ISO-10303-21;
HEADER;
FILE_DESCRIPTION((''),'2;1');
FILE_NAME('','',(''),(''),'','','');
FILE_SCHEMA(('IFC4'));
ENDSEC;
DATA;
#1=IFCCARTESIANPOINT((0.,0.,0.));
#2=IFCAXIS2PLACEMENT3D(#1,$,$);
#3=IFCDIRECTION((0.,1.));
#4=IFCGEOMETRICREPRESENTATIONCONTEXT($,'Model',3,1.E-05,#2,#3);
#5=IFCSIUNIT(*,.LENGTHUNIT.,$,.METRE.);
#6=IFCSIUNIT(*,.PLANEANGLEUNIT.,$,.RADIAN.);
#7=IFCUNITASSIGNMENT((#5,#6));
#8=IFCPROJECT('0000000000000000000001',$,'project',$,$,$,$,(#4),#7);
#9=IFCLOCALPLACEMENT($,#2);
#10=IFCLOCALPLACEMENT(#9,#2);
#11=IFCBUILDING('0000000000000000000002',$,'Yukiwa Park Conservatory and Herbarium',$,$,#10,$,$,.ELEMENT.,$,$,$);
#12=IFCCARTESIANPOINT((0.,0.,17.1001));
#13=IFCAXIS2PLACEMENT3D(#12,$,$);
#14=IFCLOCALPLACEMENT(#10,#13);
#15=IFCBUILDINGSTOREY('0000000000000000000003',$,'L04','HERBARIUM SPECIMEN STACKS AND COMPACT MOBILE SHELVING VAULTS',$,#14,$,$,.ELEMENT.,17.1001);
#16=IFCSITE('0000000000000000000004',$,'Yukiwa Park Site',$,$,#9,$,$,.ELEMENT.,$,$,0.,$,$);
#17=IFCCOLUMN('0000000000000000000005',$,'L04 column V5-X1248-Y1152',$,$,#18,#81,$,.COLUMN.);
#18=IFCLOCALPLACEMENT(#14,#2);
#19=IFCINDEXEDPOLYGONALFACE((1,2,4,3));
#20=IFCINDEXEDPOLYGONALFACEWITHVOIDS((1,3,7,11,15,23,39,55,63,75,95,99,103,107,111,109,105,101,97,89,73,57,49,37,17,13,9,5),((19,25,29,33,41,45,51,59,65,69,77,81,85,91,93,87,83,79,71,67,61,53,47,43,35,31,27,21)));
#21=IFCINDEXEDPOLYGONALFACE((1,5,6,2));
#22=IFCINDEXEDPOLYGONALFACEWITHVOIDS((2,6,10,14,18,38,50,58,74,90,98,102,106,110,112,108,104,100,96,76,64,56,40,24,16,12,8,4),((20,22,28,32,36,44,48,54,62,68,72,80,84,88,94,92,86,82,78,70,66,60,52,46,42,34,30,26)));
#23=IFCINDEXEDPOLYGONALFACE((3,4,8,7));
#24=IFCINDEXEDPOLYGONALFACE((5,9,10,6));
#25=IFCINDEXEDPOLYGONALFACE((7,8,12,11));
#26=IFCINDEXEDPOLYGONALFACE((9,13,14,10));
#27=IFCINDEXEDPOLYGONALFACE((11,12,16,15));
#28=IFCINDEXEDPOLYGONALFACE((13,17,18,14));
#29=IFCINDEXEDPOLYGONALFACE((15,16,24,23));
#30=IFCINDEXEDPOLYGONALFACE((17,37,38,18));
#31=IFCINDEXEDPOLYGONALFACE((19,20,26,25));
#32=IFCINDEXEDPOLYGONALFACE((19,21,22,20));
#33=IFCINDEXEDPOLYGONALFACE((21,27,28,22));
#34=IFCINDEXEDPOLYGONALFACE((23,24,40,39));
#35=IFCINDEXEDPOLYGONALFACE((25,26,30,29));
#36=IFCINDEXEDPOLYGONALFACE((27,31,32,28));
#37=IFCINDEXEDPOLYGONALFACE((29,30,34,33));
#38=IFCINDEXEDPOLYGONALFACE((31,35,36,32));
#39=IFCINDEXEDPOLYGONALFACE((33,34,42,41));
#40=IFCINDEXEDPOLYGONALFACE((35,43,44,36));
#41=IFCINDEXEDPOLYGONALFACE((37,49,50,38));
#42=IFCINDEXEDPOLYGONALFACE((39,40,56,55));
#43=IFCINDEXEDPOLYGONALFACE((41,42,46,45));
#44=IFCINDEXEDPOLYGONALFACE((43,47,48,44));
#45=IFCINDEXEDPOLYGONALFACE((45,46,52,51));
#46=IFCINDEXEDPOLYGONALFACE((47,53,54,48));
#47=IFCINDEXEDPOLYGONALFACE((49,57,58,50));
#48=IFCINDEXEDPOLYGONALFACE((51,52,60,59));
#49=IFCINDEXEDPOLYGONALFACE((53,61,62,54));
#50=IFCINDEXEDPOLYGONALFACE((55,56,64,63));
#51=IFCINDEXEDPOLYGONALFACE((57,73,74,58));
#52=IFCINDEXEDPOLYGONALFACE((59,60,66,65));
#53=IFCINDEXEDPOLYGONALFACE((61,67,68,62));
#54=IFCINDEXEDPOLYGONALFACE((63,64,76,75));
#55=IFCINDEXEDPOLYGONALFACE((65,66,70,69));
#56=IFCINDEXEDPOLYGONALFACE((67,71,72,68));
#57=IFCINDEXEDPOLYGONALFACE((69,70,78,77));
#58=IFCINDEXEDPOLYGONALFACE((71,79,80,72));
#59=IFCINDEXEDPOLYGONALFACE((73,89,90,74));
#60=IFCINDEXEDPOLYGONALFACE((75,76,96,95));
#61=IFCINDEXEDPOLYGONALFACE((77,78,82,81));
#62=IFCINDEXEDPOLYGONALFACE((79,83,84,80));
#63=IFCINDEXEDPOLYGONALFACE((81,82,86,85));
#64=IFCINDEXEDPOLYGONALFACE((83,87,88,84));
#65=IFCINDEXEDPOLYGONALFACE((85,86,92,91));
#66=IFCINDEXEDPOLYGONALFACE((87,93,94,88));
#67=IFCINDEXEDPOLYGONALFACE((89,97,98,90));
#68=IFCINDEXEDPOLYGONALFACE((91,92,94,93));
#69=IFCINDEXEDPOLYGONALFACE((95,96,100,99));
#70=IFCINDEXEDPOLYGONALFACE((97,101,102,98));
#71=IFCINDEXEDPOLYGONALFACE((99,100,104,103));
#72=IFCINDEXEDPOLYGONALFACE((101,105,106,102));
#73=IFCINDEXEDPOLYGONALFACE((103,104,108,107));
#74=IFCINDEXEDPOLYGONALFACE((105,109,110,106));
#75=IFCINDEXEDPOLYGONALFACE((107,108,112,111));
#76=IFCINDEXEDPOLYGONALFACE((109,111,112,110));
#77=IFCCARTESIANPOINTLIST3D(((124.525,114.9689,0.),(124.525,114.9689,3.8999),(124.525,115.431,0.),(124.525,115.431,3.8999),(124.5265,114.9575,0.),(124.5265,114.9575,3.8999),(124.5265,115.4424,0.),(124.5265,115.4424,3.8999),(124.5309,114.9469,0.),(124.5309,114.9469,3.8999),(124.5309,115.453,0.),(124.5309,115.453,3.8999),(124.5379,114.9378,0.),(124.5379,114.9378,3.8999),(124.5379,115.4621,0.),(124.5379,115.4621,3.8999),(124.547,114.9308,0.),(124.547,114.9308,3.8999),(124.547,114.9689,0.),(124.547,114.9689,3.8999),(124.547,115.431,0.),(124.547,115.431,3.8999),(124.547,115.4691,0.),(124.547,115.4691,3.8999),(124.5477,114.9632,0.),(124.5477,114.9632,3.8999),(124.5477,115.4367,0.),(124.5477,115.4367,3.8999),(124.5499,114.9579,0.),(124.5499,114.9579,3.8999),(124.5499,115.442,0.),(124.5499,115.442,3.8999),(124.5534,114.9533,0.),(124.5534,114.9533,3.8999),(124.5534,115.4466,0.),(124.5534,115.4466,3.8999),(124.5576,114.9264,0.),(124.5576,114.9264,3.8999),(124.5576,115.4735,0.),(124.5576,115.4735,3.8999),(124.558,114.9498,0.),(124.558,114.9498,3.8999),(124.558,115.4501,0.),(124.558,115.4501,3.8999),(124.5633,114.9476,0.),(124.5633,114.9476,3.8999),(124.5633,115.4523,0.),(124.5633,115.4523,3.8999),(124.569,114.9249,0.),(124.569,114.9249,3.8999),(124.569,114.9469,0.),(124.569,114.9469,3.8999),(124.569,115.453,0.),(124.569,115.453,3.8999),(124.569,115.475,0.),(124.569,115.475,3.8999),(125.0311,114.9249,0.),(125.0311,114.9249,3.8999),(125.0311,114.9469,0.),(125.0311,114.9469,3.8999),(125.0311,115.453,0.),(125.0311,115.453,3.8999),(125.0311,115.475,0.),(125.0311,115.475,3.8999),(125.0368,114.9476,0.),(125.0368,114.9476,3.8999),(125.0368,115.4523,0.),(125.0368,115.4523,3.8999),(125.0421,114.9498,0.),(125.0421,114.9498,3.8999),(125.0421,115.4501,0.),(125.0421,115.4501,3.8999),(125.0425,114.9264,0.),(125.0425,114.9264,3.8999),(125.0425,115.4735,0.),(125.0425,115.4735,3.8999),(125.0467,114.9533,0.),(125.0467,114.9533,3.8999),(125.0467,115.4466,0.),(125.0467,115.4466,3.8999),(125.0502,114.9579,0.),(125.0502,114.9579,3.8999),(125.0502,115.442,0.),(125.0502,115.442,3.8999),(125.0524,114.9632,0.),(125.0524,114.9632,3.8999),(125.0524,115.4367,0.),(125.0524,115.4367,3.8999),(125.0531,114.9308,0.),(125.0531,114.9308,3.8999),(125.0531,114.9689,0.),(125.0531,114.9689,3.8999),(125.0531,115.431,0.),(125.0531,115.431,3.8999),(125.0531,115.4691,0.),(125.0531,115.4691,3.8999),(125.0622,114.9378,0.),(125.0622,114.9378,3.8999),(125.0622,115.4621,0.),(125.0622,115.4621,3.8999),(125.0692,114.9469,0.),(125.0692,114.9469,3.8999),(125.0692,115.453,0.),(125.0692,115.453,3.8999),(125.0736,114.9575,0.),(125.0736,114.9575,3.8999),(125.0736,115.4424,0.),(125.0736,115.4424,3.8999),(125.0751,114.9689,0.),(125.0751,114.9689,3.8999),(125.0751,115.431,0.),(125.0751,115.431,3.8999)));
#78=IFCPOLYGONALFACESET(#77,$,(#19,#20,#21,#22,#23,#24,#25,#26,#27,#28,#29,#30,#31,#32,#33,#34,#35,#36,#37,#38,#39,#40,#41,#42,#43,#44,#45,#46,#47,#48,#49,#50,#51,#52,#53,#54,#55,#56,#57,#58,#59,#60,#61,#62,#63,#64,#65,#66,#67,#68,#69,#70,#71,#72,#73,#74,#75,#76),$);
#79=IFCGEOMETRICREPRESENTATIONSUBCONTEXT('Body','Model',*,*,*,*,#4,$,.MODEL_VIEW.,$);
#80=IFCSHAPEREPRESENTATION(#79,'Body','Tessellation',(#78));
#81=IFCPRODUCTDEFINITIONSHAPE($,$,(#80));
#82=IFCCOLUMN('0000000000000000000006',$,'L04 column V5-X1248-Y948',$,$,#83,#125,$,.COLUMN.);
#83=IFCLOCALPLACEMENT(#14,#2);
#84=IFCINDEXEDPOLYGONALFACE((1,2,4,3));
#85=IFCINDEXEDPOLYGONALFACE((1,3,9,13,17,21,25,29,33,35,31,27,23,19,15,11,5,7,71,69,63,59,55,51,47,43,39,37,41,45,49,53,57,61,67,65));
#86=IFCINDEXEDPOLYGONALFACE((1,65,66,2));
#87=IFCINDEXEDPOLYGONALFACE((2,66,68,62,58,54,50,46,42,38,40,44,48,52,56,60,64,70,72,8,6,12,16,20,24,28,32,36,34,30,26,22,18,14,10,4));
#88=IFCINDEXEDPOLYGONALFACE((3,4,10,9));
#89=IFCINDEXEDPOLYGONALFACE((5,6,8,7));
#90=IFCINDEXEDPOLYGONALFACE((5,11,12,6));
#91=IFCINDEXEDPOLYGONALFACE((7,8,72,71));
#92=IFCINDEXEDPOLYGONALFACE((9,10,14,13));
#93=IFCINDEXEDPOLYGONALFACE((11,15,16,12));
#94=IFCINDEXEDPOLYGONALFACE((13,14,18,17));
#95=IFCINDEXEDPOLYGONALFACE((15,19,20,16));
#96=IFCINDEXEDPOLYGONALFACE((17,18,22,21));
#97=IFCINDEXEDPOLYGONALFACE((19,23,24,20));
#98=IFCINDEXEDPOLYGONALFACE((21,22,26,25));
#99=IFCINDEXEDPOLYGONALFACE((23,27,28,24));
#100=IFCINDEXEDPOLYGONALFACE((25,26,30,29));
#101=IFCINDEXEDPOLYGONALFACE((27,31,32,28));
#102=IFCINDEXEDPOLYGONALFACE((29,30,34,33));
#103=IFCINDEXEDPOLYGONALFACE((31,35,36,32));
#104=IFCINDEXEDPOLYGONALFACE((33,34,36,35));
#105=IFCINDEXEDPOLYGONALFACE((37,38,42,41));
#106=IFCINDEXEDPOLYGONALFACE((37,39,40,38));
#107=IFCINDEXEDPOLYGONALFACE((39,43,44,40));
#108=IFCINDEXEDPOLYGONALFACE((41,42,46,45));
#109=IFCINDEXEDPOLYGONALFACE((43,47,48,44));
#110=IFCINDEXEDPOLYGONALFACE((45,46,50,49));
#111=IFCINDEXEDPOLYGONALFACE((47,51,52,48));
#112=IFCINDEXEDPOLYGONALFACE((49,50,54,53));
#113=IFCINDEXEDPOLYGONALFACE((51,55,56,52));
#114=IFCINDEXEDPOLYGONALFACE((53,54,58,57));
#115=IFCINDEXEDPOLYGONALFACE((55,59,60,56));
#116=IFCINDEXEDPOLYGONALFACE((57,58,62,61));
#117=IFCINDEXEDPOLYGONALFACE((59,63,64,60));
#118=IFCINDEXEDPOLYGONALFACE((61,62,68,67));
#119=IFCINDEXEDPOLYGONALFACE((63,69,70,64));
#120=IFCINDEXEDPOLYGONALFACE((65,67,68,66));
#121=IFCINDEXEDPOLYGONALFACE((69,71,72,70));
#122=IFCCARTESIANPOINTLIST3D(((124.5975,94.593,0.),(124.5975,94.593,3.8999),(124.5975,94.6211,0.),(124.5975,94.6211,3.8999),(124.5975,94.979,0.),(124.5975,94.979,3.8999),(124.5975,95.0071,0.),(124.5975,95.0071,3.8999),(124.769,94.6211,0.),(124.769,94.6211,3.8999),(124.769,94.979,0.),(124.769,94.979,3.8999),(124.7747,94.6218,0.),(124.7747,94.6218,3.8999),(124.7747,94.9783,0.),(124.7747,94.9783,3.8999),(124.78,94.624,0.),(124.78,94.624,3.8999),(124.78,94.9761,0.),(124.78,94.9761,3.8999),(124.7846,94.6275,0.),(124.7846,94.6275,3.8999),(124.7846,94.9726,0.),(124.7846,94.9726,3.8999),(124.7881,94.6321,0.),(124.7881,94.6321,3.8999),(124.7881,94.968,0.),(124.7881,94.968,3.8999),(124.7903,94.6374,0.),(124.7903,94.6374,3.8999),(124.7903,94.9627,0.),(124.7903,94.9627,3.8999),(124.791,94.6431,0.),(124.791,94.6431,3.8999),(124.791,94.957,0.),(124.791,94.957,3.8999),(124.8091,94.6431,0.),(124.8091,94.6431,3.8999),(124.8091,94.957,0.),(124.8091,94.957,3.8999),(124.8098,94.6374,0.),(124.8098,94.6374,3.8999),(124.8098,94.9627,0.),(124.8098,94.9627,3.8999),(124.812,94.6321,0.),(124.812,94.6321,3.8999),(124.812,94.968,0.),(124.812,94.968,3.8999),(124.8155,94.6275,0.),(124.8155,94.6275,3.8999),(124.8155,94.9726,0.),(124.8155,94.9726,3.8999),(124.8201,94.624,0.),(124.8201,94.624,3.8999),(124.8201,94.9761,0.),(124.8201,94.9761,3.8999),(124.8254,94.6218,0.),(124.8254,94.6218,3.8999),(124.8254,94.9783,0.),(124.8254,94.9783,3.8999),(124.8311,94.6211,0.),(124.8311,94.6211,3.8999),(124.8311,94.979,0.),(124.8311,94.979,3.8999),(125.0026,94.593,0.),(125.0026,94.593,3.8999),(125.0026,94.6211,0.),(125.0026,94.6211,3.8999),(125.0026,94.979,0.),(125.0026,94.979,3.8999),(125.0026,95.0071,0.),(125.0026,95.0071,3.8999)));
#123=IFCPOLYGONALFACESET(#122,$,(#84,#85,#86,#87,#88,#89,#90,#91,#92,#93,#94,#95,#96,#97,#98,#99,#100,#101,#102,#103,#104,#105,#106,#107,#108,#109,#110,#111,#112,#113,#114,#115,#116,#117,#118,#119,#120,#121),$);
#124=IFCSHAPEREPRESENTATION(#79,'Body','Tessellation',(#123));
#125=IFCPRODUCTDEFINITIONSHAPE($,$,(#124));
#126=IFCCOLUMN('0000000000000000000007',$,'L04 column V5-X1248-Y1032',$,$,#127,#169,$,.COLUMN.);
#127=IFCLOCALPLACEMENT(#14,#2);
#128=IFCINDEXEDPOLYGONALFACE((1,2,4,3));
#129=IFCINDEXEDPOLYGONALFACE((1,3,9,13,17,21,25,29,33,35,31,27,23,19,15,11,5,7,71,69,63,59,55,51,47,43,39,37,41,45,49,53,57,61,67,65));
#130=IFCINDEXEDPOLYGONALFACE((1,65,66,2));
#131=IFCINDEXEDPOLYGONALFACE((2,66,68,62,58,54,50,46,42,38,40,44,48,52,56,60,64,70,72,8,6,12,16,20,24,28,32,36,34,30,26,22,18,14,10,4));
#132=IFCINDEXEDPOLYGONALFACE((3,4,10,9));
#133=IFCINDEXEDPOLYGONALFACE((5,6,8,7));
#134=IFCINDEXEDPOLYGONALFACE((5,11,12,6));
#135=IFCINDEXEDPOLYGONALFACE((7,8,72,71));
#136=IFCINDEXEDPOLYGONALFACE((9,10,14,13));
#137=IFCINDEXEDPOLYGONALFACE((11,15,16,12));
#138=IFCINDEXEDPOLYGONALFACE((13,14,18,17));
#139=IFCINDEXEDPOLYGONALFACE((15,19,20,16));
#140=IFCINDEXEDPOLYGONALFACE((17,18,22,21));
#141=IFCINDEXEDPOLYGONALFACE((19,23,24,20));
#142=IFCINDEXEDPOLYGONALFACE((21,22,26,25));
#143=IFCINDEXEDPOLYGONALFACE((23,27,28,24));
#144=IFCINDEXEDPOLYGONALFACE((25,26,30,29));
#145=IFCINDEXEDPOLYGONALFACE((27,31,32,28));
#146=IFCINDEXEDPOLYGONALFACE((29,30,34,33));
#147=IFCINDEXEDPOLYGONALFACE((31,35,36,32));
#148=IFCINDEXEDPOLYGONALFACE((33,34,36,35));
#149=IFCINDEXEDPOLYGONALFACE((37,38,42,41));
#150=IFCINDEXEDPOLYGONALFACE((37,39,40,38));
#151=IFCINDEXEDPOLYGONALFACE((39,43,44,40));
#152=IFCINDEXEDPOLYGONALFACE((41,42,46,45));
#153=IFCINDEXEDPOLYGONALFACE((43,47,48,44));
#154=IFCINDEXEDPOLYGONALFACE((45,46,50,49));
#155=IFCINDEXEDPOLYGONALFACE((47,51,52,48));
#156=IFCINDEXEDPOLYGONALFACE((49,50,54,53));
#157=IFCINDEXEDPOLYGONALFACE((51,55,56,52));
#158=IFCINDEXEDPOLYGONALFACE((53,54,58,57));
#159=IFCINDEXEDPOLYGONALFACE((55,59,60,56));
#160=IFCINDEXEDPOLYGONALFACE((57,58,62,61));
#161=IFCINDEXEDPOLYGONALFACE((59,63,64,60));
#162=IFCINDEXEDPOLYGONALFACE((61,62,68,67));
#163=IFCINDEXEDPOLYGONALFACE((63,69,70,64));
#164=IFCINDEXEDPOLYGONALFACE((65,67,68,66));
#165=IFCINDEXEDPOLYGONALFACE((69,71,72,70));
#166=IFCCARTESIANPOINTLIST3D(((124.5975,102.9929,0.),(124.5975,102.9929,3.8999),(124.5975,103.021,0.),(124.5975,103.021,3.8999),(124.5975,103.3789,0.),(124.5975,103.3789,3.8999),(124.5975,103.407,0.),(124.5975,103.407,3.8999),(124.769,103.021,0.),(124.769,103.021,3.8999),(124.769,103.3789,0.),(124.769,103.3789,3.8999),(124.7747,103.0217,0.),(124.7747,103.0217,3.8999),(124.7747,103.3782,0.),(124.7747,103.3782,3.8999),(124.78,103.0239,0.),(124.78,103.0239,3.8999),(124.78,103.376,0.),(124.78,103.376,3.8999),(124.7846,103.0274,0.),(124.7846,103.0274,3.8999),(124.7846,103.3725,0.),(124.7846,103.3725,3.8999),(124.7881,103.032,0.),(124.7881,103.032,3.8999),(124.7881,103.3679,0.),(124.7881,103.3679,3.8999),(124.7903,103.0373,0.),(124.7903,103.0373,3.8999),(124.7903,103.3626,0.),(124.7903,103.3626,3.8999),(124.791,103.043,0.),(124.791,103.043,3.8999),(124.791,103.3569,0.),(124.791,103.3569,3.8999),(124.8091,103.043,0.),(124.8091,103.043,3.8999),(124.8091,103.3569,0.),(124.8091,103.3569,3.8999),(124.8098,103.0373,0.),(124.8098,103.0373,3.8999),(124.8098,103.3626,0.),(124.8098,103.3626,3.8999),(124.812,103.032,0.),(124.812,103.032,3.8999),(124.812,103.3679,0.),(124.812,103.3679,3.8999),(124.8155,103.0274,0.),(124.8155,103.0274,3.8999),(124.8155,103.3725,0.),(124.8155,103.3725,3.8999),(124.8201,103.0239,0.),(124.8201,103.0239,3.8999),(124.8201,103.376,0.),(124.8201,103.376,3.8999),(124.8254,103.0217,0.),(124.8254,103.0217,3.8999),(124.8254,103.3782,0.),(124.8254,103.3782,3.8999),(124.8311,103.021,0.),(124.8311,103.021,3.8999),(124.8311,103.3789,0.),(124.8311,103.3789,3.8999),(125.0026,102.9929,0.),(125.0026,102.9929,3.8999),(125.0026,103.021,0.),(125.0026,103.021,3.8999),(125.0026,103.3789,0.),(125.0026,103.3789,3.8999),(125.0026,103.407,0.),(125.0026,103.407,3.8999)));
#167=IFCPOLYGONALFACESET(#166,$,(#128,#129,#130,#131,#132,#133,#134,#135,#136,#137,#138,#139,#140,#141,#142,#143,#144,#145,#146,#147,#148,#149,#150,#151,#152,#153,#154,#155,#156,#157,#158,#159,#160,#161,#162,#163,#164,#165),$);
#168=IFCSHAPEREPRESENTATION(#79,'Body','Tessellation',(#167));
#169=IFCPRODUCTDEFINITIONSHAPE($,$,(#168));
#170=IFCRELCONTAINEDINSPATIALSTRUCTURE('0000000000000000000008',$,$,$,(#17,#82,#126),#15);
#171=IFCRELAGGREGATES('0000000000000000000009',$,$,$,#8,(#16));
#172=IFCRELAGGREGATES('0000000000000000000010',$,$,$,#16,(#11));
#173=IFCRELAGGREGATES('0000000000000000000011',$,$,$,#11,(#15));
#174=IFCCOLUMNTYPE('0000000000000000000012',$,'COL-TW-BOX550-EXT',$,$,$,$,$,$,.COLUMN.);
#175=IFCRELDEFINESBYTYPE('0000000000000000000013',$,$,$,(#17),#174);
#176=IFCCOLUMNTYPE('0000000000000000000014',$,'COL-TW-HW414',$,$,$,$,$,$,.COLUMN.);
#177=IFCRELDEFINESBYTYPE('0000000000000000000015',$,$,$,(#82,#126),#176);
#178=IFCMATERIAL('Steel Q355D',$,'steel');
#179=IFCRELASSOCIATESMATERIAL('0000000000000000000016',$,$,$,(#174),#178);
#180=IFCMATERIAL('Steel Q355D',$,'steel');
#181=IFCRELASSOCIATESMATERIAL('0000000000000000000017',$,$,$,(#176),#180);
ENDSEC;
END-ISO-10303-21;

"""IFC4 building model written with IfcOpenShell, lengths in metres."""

from ifc_helpers import new_model, si_unit, direction, frame, origin, origin_2d, place, context, subcontext, project, spatial, hollow_rectangle, i_section, extrude, material, material_profile, profile_set, type_object, element, save


model = new_model("IFC4")

# Units and contexts
model_context = context("Model", 3, precision=1e-05, world=origin(), true_north=direction((0.0, 1.0)))
body_context = subcontext(model_context, "Body", "Model", "MODEL_VIEW")
ifc_project = project(units=[si_unit("LENGTHUNIT", "METRE"), si_unit("PLANEANGLEUNIT", "RADIAN")], contexts=[model_context])

# Site, building, storey
site_placement = place(None, origin())
site = spatial("IfcSite", under=ifc_project, at=site_placement, Name="Yukiwa Park Site", CompositionType="ELEMENT", RefElevation=0.0)
building_placement = place(site_placement, origin())
building = spatial("IfcBuilding", under=site, at=building_placement, Name="Yukiwa Park Conservatory and Herbarium", CompositionType="ELEMENT")
storey_placement = place(building_placement, frame((0.0, 0.0, 17.1001)))
storey = spatial("IfcBuildingStorey", under=building, at=storey_placement, Name="L04", Description="HERBARIUM SPECIMEN STACKS AND COMPACT MOBILE SHELVING VAULTS", CompositionType="ELEMENT", Elevation=17.1001)

# Columns
ifc_material_1 = material(Name="Steel Q355D", Category="steel")
ifc_material_profile_1 = material_profile(ifc_material_1, hollow_rectangle(XDim=0.55, YDim=0.55, WallThickness=0.022, InnerFilletRadius=0.022, OuterFilletRadius=0.0439, at=origin_2d()), Name="BOX 550x550x22")
ifc_profile_set_1 = profile_set([ifc_material_profile_1], Name="Steel Q355D")
column_type_1 = type_object("IfcColumnType", Name="COL-TW-BOX550-EXT", PredefinedType="COLUMN", material=ifc_profile_set_1)
column_placement = place(storey_placement, frame((124.8, 115.2, 0.0), z_axis=(0.0, 0.0, 1.0), x_axis=(1.0, 0.0, 0.0)))
element("IfcColumn", 1, at=column_placement, inside=storey, type_object=column_type_1, Name="L04 column V5-X1248-Y1152", PredefinedType="COLUMN", context=body_context, shape_type="SweptSolid", body=[
    extrude(hollow_rectangle(XDim=0.55, YDim=0.55, WallThickness=0.022, InnerFilletRadius=0.022, OuterFilletRadius=0.0439, at=origin_2d()), origin(), (0.0, 0.0, 1.0), 3.8999),
])
ifc_material_2 = material(Name="Steel Q355D", Category="steel")
ifc_material_profile_2 = material_profile(ifc_material_2, i_section(OverallWidth=0.405, OverallDepth=0.4141, WebThickness=0.0181, FlangeThickness=0.0281, FilletRadius=0.022, at=origin_2d()), Name="HW 414x405x18x28")
ifc_profile_set_2 = profile_set([ifc_material_profile_2], Name="Steel Q355D")
column_type_2 = type_object("IfcColumnType", Name="COL-TW-HW414", PredefinedType="COLUMN", material=ifc_profile_set_2)
for number, where, z_axis, x_axis, name in (
    (2, (124.8, 94.8, 0.0), (0.0, 0.0, 1.0), (1.0, 0.0, 0.0), "L04 column V5-X1248-Y948"),
    (3, (124.8, 103.2, 0.0), (0.0, 0.0, 1.0), (1.0, 0.0, 0.0), "L04 column V5-X1248-Y1032"),
):
    element("IfcColumn", number, at=place(storey_placement, frame(where, z_axis=z_axis, x_axis=x_axis)), inside=storey, type_object=column_type_2, Name=name, PredefinedType="COLUMN", context=body_context, shape_type="SweptSolid", body=[
        extrude(i_section(OverallWidth=0.405, OverallDepth=0.4141, WebThickness=0.0181, FlangeThickness=0.0281, FilletRadius=0.022, at=origin_2d()), origin(), (0.0, 0.0, 1.0), 3.8999),
    ])

save(model, "model.ifc")
